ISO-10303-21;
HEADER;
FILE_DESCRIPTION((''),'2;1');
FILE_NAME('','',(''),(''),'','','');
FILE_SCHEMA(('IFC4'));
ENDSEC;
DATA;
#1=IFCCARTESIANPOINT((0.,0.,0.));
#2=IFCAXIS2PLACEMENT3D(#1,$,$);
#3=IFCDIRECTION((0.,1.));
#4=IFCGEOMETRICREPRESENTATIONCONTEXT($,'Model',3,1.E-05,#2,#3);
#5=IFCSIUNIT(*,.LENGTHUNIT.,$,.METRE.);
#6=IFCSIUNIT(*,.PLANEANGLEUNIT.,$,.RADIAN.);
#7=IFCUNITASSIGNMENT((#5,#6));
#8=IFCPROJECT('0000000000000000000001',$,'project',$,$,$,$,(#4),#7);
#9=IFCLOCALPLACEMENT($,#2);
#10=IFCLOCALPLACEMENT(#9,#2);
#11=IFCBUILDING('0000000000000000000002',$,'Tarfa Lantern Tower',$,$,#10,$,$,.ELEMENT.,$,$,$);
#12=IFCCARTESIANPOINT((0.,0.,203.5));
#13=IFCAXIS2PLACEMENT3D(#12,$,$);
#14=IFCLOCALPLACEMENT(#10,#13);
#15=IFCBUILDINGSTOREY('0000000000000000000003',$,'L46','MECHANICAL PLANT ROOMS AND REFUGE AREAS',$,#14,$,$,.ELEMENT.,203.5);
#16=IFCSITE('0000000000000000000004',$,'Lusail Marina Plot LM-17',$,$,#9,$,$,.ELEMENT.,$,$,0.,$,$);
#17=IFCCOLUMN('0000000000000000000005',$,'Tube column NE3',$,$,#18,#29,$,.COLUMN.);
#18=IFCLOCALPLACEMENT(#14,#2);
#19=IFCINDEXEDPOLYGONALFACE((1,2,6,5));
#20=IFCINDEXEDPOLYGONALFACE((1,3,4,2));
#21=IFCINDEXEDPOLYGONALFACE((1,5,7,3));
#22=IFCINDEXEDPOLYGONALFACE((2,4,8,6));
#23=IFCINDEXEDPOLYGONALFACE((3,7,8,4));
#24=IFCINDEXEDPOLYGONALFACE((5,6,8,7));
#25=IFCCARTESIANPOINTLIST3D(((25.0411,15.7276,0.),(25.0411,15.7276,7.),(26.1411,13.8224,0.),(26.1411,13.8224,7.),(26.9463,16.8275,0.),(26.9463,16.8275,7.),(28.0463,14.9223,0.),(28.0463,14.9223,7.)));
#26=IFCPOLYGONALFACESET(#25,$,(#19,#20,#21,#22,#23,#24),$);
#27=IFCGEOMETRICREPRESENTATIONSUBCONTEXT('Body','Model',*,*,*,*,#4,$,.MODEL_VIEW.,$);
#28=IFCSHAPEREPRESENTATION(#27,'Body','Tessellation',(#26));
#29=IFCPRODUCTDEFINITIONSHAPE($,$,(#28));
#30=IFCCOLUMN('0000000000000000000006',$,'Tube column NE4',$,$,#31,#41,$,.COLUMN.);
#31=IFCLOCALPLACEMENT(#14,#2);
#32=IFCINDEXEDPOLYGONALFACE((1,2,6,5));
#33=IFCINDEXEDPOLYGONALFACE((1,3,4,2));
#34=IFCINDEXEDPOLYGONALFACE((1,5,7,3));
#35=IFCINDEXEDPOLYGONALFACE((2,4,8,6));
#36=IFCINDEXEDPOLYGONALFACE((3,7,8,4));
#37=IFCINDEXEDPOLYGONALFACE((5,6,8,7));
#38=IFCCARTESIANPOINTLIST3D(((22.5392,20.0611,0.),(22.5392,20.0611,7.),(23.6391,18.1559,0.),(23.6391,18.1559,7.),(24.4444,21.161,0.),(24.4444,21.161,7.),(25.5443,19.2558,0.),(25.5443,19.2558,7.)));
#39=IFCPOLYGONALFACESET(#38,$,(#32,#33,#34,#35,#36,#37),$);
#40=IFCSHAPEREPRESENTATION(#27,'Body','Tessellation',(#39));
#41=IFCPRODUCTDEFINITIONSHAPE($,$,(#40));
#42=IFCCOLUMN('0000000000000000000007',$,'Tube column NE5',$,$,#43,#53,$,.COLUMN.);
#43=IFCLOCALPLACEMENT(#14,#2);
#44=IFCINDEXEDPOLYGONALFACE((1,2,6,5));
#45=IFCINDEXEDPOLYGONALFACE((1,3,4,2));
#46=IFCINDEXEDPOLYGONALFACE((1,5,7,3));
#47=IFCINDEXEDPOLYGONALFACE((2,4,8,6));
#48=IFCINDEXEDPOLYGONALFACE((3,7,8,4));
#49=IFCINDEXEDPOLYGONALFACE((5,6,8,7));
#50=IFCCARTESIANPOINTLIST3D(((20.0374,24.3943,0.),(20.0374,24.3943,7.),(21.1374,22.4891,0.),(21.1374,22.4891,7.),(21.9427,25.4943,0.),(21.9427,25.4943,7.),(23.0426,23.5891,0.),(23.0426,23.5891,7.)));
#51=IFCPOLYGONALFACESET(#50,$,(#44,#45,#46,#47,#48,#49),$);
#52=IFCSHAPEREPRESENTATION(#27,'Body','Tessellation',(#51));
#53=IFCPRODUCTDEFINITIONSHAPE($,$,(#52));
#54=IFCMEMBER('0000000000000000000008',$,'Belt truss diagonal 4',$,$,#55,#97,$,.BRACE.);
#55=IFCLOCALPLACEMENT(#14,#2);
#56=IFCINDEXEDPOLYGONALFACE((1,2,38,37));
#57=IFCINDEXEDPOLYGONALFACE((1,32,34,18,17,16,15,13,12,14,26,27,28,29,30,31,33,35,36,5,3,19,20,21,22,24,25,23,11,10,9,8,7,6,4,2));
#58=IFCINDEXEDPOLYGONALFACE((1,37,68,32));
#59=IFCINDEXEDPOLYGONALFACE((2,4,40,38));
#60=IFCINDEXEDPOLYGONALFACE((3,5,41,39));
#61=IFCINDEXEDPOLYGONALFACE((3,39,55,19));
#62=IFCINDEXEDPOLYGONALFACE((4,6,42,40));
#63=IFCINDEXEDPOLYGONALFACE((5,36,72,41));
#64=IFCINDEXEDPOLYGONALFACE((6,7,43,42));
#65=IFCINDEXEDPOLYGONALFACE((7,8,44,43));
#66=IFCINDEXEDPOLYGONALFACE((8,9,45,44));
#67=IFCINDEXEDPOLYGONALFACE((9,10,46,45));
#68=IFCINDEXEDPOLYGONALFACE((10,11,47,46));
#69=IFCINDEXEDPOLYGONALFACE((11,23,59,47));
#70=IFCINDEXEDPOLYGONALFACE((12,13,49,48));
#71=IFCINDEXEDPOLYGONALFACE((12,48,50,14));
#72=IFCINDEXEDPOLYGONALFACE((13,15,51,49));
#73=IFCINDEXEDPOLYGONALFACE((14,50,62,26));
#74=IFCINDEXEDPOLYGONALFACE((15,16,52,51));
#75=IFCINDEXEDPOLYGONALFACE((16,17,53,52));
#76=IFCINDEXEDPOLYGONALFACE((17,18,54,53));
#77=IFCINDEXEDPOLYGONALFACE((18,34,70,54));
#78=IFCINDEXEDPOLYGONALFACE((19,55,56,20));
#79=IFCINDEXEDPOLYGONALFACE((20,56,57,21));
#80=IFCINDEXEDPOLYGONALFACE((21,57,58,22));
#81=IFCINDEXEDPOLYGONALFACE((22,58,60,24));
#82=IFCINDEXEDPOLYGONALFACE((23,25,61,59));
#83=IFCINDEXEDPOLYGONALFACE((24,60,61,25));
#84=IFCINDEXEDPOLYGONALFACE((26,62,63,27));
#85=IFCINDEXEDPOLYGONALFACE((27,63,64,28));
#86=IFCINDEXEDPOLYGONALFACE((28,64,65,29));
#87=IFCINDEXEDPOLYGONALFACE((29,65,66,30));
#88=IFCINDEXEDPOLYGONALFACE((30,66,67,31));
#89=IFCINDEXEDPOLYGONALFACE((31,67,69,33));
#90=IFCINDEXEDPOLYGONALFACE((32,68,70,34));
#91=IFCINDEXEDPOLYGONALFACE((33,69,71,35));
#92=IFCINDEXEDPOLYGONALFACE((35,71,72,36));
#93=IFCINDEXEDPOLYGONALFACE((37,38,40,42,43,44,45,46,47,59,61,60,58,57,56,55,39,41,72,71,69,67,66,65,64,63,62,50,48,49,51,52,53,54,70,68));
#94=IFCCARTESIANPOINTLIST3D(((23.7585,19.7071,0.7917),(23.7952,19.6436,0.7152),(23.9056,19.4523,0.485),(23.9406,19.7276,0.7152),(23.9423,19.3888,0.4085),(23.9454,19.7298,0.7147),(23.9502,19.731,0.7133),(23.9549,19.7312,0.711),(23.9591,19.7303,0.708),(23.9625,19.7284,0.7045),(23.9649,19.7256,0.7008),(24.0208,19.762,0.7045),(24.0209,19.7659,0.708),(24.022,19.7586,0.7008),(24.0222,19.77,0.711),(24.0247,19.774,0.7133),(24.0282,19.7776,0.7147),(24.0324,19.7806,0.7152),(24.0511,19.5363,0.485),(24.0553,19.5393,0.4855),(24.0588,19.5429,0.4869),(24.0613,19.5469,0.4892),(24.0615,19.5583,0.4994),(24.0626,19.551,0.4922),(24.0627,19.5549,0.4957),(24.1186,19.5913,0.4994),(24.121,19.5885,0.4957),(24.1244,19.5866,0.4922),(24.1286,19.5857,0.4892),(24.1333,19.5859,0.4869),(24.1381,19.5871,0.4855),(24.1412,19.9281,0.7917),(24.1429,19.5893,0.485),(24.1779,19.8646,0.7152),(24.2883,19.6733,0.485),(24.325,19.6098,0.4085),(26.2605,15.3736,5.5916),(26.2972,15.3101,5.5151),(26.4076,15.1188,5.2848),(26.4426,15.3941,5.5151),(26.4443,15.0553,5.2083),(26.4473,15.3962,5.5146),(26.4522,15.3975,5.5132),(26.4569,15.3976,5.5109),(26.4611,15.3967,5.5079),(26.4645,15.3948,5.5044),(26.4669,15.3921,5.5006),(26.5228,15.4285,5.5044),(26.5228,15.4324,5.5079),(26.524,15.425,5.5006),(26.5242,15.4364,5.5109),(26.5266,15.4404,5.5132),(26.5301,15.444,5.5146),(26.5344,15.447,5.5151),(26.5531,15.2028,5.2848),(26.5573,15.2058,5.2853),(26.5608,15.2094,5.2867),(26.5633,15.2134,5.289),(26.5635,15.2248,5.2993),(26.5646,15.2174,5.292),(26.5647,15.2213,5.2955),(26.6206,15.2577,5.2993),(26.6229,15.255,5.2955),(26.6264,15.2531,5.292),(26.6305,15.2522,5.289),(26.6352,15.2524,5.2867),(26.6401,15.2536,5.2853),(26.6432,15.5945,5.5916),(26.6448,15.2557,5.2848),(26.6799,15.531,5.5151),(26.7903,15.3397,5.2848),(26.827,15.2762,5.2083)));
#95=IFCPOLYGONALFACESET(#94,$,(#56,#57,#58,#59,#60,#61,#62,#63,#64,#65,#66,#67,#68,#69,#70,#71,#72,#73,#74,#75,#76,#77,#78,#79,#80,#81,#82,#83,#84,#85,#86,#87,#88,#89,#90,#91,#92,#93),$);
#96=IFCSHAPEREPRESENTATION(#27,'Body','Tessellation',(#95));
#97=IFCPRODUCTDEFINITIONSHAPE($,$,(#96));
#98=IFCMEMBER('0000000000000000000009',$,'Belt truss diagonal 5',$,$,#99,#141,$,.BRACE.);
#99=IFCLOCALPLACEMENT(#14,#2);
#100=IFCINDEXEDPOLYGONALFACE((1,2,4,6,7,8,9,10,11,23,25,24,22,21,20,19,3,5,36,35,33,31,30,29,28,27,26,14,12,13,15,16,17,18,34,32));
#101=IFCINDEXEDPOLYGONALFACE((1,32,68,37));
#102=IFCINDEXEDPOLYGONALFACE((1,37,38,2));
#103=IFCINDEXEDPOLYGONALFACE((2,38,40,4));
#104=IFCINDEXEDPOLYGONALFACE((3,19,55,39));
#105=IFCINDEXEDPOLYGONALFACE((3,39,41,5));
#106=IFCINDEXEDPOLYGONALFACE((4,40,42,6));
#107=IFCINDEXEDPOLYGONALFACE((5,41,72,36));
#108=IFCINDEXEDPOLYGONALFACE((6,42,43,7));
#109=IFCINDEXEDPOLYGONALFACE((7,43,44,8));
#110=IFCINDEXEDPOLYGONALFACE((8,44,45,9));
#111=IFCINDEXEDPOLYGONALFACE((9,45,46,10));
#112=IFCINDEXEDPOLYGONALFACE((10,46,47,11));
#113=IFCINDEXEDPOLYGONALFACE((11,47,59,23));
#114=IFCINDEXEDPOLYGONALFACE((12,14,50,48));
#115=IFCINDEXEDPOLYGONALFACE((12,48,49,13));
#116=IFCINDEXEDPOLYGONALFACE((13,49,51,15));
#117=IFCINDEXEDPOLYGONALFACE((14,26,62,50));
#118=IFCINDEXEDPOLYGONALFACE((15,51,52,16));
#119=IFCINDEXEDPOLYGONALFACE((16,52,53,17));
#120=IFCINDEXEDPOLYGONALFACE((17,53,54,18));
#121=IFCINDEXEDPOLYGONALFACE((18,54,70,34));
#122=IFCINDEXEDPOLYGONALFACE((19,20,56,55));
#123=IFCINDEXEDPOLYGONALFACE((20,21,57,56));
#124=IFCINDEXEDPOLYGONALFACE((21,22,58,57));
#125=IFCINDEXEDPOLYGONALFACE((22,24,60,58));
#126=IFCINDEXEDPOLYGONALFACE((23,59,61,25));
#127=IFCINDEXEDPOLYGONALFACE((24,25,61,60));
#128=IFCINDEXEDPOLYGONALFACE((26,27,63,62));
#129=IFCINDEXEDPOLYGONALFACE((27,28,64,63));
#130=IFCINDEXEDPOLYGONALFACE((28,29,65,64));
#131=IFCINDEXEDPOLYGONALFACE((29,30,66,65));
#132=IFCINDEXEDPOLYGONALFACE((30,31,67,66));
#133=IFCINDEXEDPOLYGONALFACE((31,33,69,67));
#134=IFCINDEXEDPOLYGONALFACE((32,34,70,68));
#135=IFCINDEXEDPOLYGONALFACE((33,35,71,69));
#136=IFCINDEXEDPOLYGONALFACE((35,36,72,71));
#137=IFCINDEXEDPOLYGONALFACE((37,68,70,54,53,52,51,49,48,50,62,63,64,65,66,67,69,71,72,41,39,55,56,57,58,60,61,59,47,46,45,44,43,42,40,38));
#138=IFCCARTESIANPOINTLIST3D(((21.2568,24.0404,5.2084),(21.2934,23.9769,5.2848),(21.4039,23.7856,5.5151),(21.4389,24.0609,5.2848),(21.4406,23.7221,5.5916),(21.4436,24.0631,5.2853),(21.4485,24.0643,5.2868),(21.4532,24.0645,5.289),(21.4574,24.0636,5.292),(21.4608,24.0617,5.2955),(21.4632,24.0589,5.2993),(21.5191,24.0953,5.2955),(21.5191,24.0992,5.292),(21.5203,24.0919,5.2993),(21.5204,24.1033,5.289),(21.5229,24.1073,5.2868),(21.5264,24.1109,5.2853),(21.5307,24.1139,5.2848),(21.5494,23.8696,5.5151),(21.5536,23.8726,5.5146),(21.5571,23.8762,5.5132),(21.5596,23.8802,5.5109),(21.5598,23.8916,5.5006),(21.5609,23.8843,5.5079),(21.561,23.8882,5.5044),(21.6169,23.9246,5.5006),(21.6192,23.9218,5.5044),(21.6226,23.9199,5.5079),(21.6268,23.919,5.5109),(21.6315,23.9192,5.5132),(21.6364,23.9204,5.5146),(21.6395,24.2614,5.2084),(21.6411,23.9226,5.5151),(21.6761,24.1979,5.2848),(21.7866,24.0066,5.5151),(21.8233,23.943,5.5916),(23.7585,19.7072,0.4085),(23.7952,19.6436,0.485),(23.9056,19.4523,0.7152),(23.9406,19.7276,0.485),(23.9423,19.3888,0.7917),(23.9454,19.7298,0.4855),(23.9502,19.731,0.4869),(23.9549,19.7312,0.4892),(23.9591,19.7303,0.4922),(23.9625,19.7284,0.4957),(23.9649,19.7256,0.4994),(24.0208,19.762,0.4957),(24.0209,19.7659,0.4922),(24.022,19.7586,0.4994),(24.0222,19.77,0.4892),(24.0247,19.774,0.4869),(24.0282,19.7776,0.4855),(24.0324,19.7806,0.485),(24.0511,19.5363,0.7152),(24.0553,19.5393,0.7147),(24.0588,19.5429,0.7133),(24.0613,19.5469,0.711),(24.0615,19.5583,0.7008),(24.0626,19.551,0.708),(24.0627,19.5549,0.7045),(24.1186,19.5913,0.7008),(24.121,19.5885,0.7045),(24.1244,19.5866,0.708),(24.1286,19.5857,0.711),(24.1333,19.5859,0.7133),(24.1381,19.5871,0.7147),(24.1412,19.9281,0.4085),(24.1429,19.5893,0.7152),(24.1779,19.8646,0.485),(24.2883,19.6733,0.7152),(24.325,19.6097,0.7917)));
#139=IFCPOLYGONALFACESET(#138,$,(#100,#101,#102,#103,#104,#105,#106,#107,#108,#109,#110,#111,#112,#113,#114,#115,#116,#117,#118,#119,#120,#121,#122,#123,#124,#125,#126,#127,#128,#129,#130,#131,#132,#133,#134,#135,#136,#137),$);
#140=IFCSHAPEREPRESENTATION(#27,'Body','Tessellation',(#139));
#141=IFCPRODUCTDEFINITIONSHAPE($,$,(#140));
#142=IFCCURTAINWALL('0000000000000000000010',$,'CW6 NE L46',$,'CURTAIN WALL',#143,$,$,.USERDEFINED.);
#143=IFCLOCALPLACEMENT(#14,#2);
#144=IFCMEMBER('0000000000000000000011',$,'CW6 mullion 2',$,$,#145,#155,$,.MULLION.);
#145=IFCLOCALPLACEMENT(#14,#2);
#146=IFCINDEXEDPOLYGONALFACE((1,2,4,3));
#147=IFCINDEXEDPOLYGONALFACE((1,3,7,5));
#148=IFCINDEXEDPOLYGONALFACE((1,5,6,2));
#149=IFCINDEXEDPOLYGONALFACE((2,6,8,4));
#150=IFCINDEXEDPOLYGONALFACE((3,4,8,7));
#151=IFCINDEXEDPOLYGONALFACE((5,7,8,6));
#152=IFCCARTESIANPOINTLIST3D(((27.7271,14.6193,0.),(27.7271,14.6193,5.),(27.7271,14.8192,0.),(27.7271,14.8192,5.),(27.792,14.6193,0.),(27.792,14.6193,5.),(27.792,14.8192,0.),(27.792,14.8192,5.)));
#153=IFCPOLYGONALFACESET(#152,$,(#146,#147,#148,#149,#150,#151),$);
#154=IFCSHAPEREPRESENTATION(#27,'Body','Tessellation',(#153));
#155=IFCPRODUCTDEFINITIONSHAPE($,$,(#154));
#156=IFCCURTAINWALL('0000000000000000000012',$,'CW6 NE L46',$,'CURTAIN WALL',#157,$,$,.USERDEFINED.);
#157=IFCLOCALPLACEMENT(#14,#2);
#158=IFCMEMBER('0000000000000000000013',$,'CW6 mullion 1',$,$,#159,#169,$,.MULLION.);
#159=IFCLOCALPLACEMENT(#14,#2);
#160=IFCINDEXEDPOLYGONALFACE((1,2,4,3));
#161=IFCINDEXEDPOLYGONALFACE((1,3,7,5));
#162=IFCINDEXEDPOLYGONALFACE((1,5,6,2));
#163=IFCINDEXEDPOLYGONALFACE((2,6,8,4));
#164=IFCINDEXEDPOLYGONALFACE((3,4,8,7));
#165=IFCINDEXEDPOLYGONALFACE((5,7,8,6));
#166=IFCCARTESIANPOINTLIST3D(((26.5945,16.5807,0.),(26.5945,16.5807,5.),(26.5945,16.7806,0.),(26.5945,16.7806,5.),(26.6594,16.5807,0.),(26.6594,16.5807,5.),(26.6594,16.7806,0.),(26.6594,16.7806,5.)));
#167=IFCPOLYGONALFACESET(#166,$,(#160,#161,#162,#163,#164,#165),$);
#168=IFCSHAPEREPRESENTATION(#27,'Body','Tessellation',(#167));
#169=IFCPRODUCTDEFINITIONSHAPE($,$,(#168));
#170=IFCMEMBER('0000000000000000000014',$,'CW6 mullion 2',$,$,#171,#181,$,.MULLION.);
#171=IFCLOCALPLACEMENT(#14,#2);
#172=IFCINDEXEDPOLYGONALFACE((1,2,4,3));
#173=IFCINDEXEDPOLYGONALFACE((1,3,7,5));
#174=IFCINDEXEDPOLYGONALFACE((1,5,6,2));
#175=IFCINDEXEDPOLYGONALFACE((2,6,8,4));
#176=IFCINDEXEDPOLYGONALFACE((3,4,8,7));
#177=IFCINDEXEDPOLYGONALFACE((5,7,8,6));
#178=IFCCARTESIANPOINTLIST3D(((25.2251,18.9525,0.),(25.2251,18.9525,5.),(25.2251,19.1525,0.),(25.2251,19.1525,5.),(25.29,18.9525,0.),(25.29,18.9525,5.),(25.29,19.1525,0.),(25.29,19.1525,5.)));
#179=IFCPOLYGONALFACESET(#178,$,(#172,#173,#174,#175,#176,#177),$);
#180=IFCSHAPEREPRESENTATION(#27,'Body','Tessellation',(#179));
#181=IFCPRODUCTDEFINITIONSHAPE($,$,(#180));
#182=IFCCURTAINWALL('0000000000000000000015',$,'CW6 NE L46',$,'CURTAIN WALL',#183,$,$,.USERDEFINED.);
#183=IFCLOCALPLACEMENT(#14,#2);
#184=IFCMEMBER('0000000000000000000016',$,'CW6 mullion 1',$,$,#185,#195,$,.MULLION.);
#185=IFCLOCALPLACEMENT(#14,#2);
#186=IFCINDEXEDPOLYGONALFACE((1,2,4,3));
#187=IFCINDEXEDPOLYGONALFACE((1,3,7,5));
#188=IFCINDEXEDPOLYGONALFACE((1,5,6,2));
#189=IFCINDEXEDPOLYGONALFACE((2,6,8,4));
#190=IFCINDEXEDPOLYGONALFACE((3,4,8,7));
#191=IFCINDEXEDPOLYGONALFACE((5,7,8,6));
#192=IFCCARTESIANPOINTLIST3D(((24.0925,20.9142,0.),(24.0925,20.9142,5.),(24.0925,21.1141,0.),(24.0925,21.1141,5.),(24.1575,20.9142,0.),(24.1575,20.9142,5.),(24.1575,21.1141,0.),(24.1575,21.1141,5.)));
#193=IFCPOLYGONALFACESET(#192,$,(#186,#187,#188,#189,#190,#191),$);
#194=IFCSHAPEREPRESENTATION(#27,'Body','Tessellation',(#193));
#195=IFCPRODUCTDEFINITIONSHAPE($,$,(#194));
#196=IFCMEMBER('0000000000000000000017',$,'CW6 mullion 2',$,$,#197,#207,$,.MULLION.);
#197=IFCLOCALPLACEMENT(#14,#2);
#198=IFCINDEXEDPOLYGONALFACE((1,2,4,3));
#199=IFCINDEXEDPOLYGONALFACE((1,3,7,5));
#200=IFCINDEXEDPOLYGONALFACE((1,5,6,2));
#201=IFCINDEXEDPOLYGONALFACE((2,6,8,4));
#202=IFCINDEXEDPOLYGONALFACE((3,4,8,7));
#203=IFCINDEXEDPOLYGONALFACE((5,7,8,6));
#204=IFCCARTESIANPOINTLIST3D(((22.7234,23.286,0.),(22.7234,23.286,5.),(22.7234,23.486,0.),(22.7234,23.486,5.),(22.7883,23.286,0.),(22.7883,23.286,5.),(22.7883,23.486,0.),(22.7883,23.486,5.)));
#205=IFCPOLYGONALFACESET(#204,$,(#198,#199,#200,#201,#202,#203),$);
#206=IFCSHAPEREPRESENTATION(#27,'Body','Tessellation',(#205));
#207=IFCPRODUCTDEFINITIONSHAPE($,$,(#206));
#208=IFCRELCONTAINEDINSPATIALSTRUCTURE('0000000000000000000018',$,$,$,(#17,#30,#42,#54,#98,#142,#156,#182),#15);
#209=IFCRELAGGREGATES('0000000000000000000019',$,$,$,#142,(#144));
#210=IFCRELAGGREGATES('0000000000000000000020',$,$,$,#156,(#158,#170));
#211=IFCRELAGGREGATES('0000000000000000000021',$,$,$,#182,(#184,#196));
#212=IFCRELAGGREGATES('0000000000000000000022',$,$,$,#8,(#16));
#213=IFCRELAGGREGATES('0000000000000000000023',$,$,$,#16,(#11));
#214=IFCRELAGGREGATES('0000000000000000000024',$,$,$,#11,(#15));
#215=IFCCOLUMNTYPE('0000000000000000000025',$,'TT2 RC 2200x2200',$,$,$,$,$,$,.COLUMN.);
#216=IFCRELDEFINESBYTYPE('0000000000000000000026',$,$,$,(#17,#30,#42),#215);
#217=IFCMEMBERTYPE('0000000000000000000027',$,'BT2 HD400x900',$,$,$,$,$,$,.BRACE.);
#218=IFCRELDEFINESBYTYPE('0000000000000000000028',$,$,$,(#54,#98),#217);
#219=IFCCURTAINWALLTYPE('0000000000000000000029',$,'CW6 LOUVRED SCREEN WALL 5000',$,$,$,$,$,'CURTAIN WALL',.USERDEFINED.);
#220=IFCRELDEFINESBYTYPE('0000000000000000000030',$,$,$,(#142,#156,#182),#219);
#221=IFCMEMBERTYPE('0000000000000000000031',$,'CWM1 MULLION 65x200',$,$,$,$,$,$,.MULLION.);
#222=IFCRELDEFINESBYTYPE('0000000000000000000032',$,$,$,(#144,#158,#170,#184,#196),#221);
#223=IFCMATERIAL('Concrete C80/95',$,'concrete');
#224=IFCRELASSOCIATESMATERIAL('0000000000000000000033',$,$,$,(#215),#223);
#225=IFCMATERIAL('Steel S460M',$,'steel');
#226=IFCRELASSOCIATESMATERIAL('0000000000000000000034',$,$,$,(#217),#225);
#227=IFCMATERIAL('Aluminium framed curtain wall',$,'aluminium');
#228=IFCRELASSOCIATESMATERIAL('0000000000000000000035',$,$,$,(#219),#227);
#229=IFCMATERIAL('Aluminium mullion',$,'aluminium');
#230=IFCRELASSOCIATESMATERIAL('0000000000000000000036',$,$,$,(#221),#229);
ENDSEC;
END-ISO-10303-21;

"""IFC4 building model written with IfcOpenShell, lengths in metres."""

from ifc_helpers import new_model, si_unit, direction, frame, origin, origin_2d, place, context, subcontext, project, spatial, rectangle, i_section, extrude, material, material_profile, profile_set, type_object, element, aggregate, save


model = new_model("IFC4")

# Units and contexts
model_context = context("Model", 3, precision=1e-05, world=origin(), true_north=direction((0.0, 1.0)))
body_context = subcontext(model_context, "Body", "Model", "MODEL_VIEW")
ifc_project = project(units=[si_unit("LENGTHUNIT", "METRE"), si_unit("PLANEANGLEUNIT", "RADIAN")], contexts=[model_context])

# Site, building, storey
site_placement = place(None, origin())
site = spatial("IfcSite", under=ifc_project, at=site_placement, Name="Lusail Marina Plot LM-17", CompositionType="ELEMENT", RefElevation=0.0)
building_placement = place(site_placement, origin())
building = spatial("IfcBuilding", under=site, at=building_placement, Name="Tarfa Lantern Tower", CompositionType="ELEMENT")
storey_placement = place(building_placement, frame((0.0, 0.0, 203.5)))
storey = spatial("IfcBuildingStorey", under=building, at=storey_placement, Name="L46", Description="MECHANICAL PLANT ROOMS AND REFUGE AREAS", CompositionType="ELEMENT", Elevation=203.5)

# Columns
ifc_material_1 = material(Name="Concrete C80/95", Category="concrete")
ifc_material_profile_1 = material_profile(ifc_material_1, rectangle(XDim=2.2, YDim=2.2, at=origin_2d()), Name="RC 2200x2200")
ifc_profile_set_1 = profile_set([ifc_material_profile_1], Name="Concrete C80/95")
column_type = type_object("IfcColumnType", Name="TT2 RC 2200x2200", PredefinedType="COLUMN", material=ifc_profile_set_1)
for number, where, z_axis, x_axis, name in (
    (1, (26.5437, 15.325, 0.0), (0.0, 0.0, 1.0), (-0.5, 0.866025, 0.0), "Tube column NE3"),
    (2, (24.0417, 19.6584, 0.0), (0.0, 0.0, 1.0), (-0.5, 0.866025, 0.0), "Tube column NE4"),
    (3, (21.54, 23.9917, 0.0), (0.0, 0.0, 1.0), (-0.5, 0.866025, 0.0), "Tube column NE5"),
):
    element("IfcColumn", number, at=place(storey_placement, frame(where, z_axis=z_axis, x_axis=x_axis)), inside=storey, type_object=column_type, Name=name, PredefinedType="COLUMN", context=body_context, shape_type="SweptSolid", body=[
        extrude(rectangle(XDim=2.2, YDim=2.2, at=origin_2d()), origin(), (0.0, 0.0, 1.0), 7.0),
    ])

# Members
ifc_material_2 = material(Name="Steel S460M", Category="steel")
ifc_material_profile_2 = material_profile(ifc_material_2, i_section(OverallWidth=0.4419, OverallDepth=0.531, WebThickness=0.0659, FlangeThickness=0.106, FilletRadius=0.02, at=origin_2d()), Name="HD400x900")
ifc_profile_set_2 = profile_set([ifc_material_profile_2], Name="Steel S460M")
member_type_1 = type_object("IfcMemberType", Name="BT2 HD400x900", PredefinedType="BRACE", material=ifc_profile_set_2)
member_1_placement = place(storey_placement, frame((24.0417, 19.6584, 0.6001), z_axis=(0.360836, -0.624985, 0.692237), x_axis=(0.866025, 0.500001, 0.0)))
element("IfcMember", 4, at=member_1_placement, inside=storey, type_object=member_type_1, Name="Belt truss diagonal 4", PredefinedType="BRACE", context=body_context, shape_type="SweptSolid", body=[
    extrude(i_section(OverallWidth=0.4419, OverallDepth=0.531, WebThickness=0.0659, FlangeThickness=0.106, FilletRadius=0.02, at=origin_2d()), origin(), (0.0, 0.0, 1.0), 6.9338),
])
member_2_placement = place(storey_placement, frame((24.0417, 19.6584, 0.6001), z_axis=(-0.360814, 0.624971, 0.692261), x_axis=(-0.866034, -0.499986, 0.0)))
element("IfcMember", 5, at=member_2_placement, inside=storey, type_object=member_type_1, Name="Belt truss diagonal 5", PredefinedType="BRACE", context=body_context, shape_type="SweptSolid", body=[
    extrude(i_section(OverallWidth=0.4419, OverallDepth=0.531, WebThickness=0.0659, FlangeThickness=0.106, FilletRadius=0.02, at=origin_2d()), origin(), (0.0, 0.0, 1.0), 6.9336),
])

# Curtain wall, member
ifc_material_3 = material(Name="Aluminium framed curtain wall", Category="aluminium")
curtain_wall_type = type_object("IfcCurtainWallType", Name="CW6 LOUVRED SCREEN WALL 5000", ElementType="CURTAIN WALL", PredefinedType="USERDEFINED", material=ifc_material_3)
curtain_wall_1_placement = place(storey_placement, origin())
curtain_wall_1 = element("IfcCurtainWall", 6, at=curtain_wall_1_placement, inside=storey, type_object=curtain_wall_type, Name="CW6 NE L46", ObjectType="CURTAIN WALL", PredefinedType="USERDEFINED")
ifc_material_4 = material(Name="Aluminium mullion", Category="aluminium")
ifc_material_profile_3 = material_profile(ifc_material_4, rectangle(XDim=0.0649, YDim=0.2, at=origin_2d()), Name="AL MULLION 65x200")
ifc_profile_set_3 = profile_set([ifc_material_profile_3], Name="Aluminium mullion")
member_type_2 = type_object("IfcMemberType", Name="CWM1 MULLION 65x200", PredefinedType="MULLION", material=ifc_profile_set_3)
member_3_placement = place(storey_placement, frame((27.7595, 14.7192, 0.0), z_axis=(0.0, 0.0, 1.0), x_axis=(1.0, 0.0, 0.0)))
member_3 = element("IfcMember", 7, at=member_3_placement, type_object=member_type_2, Name="CW6 mullion 2", PredefinedType="MULLION", context=body_context, shape_type="SweptSolid", body=[
    extrude(rectangle(XDim=0.0649, YDim=0.2, at=origin_2d()), origin(), (0.0, 0.0, 1.0), 5.0),
])

# Curtain walls, members
curtain_wall_2_placement = place(storey_placement, origin())
curtain_wall_2 = element("IfcCurtainWall", 8, at=curtain_wall_2_placement, inside=storey, type_object=curtain_wall_type, Name="CW6 NE L46", ObjectType="CURTAIN WALL", PredefinedType="USERDEFINED")
member_4_placement = place(storey_placement, frame((26.627, 16.6807, 0.0), z_axis=(0.0, 0.0, 1.0), x_axis=(1.0, 0.0, 0.0)))
member_4 = element("IfcMember", 9, at=member_4_placement, type_object=member_type_2, Name="CW6 mullion 1", PredefinedType="MULLION", context=body_context, shape_type="SweptSolid", body=[
    extrude(rectangle(XDim=0.0649, YDim=0.2, at=origin_2d()), origin(), (0.0, 0.0, 1.0), 5.0),
])
member_5_placement = place(storey_placement, frame((25.2576, 19.0525, 0.0), z_axis=(0.0, 0.0, 1.0), x_axis=(1.0, 0.0, 0.0)))
member_5 = element("IfcMember", 10, at=member_5_placement, type_object=member_type_2, Name="CW6 mullion 2", PredefinedType="MULLION", context=body_context, shape_type="SweptSolid", body=[
    extrude(rectangle(XDim=0.0649, YDim=0.2, at=origin_2d()), origin(), (0.0, 0.0, 1.0), 5.0),
])
curtain_wall_3_placement = place(storey_placement, origin())
curtain_wall_3 = element("IfcCurtainWall", 11, at=curtain_wall_3_placement, inside=storey, type_object=curtain_wall_type, Name="CW6 NE L46", ObjectType="CURTAIN WALL", PredefinedType="USERDEFINED")
member_6_placement = place(storey_placement, frame((24.125, 21.0142, 0.0), z_axis=(0.0, 0.0, 1.0), x_axis=(1.0, 0.0, 0.0)))
member_6 = element("IfcMember", 12, at=member_6_placement, type_object=member_type_2, Name="CW6 mullion 1", PredefinedType="MULLION", context=body_context, shape_type="SweptSolid", body=[
    extrude(rectangle(XDim=0.0649, YDim=0.2, at=origin_2d()), origin(), (0.0, 0.0, 1.0), 5.0),
])
member_7_placement = place(storey_placement, frame((22.7559, 23.386, 0.0), z_axis=(0.0, 0.0, 1.0), x_axis=(1.0, 0.0, 0.0)))
member_7 = element("IfcMember", 13, at=member_7_placement, type_object=member_type_2, Name="CW6 mullion 2", PredefinedType="MULLION", context=body_context, shape_type="SweptSolid", body=[
    extrude(rectangle(XDim=0.0649, YDim=0.2, at=origin_2d()), origin(), (0.0, 0.0, 1.0), 5.0),
])

aggregate(curtain_wall_1, [member_3])
aggregate(curtain_wall_2, [member_4, member_5])
aggregate(curtain_wall_3, [member_6, member_7])

save(model, "model.ifc")
